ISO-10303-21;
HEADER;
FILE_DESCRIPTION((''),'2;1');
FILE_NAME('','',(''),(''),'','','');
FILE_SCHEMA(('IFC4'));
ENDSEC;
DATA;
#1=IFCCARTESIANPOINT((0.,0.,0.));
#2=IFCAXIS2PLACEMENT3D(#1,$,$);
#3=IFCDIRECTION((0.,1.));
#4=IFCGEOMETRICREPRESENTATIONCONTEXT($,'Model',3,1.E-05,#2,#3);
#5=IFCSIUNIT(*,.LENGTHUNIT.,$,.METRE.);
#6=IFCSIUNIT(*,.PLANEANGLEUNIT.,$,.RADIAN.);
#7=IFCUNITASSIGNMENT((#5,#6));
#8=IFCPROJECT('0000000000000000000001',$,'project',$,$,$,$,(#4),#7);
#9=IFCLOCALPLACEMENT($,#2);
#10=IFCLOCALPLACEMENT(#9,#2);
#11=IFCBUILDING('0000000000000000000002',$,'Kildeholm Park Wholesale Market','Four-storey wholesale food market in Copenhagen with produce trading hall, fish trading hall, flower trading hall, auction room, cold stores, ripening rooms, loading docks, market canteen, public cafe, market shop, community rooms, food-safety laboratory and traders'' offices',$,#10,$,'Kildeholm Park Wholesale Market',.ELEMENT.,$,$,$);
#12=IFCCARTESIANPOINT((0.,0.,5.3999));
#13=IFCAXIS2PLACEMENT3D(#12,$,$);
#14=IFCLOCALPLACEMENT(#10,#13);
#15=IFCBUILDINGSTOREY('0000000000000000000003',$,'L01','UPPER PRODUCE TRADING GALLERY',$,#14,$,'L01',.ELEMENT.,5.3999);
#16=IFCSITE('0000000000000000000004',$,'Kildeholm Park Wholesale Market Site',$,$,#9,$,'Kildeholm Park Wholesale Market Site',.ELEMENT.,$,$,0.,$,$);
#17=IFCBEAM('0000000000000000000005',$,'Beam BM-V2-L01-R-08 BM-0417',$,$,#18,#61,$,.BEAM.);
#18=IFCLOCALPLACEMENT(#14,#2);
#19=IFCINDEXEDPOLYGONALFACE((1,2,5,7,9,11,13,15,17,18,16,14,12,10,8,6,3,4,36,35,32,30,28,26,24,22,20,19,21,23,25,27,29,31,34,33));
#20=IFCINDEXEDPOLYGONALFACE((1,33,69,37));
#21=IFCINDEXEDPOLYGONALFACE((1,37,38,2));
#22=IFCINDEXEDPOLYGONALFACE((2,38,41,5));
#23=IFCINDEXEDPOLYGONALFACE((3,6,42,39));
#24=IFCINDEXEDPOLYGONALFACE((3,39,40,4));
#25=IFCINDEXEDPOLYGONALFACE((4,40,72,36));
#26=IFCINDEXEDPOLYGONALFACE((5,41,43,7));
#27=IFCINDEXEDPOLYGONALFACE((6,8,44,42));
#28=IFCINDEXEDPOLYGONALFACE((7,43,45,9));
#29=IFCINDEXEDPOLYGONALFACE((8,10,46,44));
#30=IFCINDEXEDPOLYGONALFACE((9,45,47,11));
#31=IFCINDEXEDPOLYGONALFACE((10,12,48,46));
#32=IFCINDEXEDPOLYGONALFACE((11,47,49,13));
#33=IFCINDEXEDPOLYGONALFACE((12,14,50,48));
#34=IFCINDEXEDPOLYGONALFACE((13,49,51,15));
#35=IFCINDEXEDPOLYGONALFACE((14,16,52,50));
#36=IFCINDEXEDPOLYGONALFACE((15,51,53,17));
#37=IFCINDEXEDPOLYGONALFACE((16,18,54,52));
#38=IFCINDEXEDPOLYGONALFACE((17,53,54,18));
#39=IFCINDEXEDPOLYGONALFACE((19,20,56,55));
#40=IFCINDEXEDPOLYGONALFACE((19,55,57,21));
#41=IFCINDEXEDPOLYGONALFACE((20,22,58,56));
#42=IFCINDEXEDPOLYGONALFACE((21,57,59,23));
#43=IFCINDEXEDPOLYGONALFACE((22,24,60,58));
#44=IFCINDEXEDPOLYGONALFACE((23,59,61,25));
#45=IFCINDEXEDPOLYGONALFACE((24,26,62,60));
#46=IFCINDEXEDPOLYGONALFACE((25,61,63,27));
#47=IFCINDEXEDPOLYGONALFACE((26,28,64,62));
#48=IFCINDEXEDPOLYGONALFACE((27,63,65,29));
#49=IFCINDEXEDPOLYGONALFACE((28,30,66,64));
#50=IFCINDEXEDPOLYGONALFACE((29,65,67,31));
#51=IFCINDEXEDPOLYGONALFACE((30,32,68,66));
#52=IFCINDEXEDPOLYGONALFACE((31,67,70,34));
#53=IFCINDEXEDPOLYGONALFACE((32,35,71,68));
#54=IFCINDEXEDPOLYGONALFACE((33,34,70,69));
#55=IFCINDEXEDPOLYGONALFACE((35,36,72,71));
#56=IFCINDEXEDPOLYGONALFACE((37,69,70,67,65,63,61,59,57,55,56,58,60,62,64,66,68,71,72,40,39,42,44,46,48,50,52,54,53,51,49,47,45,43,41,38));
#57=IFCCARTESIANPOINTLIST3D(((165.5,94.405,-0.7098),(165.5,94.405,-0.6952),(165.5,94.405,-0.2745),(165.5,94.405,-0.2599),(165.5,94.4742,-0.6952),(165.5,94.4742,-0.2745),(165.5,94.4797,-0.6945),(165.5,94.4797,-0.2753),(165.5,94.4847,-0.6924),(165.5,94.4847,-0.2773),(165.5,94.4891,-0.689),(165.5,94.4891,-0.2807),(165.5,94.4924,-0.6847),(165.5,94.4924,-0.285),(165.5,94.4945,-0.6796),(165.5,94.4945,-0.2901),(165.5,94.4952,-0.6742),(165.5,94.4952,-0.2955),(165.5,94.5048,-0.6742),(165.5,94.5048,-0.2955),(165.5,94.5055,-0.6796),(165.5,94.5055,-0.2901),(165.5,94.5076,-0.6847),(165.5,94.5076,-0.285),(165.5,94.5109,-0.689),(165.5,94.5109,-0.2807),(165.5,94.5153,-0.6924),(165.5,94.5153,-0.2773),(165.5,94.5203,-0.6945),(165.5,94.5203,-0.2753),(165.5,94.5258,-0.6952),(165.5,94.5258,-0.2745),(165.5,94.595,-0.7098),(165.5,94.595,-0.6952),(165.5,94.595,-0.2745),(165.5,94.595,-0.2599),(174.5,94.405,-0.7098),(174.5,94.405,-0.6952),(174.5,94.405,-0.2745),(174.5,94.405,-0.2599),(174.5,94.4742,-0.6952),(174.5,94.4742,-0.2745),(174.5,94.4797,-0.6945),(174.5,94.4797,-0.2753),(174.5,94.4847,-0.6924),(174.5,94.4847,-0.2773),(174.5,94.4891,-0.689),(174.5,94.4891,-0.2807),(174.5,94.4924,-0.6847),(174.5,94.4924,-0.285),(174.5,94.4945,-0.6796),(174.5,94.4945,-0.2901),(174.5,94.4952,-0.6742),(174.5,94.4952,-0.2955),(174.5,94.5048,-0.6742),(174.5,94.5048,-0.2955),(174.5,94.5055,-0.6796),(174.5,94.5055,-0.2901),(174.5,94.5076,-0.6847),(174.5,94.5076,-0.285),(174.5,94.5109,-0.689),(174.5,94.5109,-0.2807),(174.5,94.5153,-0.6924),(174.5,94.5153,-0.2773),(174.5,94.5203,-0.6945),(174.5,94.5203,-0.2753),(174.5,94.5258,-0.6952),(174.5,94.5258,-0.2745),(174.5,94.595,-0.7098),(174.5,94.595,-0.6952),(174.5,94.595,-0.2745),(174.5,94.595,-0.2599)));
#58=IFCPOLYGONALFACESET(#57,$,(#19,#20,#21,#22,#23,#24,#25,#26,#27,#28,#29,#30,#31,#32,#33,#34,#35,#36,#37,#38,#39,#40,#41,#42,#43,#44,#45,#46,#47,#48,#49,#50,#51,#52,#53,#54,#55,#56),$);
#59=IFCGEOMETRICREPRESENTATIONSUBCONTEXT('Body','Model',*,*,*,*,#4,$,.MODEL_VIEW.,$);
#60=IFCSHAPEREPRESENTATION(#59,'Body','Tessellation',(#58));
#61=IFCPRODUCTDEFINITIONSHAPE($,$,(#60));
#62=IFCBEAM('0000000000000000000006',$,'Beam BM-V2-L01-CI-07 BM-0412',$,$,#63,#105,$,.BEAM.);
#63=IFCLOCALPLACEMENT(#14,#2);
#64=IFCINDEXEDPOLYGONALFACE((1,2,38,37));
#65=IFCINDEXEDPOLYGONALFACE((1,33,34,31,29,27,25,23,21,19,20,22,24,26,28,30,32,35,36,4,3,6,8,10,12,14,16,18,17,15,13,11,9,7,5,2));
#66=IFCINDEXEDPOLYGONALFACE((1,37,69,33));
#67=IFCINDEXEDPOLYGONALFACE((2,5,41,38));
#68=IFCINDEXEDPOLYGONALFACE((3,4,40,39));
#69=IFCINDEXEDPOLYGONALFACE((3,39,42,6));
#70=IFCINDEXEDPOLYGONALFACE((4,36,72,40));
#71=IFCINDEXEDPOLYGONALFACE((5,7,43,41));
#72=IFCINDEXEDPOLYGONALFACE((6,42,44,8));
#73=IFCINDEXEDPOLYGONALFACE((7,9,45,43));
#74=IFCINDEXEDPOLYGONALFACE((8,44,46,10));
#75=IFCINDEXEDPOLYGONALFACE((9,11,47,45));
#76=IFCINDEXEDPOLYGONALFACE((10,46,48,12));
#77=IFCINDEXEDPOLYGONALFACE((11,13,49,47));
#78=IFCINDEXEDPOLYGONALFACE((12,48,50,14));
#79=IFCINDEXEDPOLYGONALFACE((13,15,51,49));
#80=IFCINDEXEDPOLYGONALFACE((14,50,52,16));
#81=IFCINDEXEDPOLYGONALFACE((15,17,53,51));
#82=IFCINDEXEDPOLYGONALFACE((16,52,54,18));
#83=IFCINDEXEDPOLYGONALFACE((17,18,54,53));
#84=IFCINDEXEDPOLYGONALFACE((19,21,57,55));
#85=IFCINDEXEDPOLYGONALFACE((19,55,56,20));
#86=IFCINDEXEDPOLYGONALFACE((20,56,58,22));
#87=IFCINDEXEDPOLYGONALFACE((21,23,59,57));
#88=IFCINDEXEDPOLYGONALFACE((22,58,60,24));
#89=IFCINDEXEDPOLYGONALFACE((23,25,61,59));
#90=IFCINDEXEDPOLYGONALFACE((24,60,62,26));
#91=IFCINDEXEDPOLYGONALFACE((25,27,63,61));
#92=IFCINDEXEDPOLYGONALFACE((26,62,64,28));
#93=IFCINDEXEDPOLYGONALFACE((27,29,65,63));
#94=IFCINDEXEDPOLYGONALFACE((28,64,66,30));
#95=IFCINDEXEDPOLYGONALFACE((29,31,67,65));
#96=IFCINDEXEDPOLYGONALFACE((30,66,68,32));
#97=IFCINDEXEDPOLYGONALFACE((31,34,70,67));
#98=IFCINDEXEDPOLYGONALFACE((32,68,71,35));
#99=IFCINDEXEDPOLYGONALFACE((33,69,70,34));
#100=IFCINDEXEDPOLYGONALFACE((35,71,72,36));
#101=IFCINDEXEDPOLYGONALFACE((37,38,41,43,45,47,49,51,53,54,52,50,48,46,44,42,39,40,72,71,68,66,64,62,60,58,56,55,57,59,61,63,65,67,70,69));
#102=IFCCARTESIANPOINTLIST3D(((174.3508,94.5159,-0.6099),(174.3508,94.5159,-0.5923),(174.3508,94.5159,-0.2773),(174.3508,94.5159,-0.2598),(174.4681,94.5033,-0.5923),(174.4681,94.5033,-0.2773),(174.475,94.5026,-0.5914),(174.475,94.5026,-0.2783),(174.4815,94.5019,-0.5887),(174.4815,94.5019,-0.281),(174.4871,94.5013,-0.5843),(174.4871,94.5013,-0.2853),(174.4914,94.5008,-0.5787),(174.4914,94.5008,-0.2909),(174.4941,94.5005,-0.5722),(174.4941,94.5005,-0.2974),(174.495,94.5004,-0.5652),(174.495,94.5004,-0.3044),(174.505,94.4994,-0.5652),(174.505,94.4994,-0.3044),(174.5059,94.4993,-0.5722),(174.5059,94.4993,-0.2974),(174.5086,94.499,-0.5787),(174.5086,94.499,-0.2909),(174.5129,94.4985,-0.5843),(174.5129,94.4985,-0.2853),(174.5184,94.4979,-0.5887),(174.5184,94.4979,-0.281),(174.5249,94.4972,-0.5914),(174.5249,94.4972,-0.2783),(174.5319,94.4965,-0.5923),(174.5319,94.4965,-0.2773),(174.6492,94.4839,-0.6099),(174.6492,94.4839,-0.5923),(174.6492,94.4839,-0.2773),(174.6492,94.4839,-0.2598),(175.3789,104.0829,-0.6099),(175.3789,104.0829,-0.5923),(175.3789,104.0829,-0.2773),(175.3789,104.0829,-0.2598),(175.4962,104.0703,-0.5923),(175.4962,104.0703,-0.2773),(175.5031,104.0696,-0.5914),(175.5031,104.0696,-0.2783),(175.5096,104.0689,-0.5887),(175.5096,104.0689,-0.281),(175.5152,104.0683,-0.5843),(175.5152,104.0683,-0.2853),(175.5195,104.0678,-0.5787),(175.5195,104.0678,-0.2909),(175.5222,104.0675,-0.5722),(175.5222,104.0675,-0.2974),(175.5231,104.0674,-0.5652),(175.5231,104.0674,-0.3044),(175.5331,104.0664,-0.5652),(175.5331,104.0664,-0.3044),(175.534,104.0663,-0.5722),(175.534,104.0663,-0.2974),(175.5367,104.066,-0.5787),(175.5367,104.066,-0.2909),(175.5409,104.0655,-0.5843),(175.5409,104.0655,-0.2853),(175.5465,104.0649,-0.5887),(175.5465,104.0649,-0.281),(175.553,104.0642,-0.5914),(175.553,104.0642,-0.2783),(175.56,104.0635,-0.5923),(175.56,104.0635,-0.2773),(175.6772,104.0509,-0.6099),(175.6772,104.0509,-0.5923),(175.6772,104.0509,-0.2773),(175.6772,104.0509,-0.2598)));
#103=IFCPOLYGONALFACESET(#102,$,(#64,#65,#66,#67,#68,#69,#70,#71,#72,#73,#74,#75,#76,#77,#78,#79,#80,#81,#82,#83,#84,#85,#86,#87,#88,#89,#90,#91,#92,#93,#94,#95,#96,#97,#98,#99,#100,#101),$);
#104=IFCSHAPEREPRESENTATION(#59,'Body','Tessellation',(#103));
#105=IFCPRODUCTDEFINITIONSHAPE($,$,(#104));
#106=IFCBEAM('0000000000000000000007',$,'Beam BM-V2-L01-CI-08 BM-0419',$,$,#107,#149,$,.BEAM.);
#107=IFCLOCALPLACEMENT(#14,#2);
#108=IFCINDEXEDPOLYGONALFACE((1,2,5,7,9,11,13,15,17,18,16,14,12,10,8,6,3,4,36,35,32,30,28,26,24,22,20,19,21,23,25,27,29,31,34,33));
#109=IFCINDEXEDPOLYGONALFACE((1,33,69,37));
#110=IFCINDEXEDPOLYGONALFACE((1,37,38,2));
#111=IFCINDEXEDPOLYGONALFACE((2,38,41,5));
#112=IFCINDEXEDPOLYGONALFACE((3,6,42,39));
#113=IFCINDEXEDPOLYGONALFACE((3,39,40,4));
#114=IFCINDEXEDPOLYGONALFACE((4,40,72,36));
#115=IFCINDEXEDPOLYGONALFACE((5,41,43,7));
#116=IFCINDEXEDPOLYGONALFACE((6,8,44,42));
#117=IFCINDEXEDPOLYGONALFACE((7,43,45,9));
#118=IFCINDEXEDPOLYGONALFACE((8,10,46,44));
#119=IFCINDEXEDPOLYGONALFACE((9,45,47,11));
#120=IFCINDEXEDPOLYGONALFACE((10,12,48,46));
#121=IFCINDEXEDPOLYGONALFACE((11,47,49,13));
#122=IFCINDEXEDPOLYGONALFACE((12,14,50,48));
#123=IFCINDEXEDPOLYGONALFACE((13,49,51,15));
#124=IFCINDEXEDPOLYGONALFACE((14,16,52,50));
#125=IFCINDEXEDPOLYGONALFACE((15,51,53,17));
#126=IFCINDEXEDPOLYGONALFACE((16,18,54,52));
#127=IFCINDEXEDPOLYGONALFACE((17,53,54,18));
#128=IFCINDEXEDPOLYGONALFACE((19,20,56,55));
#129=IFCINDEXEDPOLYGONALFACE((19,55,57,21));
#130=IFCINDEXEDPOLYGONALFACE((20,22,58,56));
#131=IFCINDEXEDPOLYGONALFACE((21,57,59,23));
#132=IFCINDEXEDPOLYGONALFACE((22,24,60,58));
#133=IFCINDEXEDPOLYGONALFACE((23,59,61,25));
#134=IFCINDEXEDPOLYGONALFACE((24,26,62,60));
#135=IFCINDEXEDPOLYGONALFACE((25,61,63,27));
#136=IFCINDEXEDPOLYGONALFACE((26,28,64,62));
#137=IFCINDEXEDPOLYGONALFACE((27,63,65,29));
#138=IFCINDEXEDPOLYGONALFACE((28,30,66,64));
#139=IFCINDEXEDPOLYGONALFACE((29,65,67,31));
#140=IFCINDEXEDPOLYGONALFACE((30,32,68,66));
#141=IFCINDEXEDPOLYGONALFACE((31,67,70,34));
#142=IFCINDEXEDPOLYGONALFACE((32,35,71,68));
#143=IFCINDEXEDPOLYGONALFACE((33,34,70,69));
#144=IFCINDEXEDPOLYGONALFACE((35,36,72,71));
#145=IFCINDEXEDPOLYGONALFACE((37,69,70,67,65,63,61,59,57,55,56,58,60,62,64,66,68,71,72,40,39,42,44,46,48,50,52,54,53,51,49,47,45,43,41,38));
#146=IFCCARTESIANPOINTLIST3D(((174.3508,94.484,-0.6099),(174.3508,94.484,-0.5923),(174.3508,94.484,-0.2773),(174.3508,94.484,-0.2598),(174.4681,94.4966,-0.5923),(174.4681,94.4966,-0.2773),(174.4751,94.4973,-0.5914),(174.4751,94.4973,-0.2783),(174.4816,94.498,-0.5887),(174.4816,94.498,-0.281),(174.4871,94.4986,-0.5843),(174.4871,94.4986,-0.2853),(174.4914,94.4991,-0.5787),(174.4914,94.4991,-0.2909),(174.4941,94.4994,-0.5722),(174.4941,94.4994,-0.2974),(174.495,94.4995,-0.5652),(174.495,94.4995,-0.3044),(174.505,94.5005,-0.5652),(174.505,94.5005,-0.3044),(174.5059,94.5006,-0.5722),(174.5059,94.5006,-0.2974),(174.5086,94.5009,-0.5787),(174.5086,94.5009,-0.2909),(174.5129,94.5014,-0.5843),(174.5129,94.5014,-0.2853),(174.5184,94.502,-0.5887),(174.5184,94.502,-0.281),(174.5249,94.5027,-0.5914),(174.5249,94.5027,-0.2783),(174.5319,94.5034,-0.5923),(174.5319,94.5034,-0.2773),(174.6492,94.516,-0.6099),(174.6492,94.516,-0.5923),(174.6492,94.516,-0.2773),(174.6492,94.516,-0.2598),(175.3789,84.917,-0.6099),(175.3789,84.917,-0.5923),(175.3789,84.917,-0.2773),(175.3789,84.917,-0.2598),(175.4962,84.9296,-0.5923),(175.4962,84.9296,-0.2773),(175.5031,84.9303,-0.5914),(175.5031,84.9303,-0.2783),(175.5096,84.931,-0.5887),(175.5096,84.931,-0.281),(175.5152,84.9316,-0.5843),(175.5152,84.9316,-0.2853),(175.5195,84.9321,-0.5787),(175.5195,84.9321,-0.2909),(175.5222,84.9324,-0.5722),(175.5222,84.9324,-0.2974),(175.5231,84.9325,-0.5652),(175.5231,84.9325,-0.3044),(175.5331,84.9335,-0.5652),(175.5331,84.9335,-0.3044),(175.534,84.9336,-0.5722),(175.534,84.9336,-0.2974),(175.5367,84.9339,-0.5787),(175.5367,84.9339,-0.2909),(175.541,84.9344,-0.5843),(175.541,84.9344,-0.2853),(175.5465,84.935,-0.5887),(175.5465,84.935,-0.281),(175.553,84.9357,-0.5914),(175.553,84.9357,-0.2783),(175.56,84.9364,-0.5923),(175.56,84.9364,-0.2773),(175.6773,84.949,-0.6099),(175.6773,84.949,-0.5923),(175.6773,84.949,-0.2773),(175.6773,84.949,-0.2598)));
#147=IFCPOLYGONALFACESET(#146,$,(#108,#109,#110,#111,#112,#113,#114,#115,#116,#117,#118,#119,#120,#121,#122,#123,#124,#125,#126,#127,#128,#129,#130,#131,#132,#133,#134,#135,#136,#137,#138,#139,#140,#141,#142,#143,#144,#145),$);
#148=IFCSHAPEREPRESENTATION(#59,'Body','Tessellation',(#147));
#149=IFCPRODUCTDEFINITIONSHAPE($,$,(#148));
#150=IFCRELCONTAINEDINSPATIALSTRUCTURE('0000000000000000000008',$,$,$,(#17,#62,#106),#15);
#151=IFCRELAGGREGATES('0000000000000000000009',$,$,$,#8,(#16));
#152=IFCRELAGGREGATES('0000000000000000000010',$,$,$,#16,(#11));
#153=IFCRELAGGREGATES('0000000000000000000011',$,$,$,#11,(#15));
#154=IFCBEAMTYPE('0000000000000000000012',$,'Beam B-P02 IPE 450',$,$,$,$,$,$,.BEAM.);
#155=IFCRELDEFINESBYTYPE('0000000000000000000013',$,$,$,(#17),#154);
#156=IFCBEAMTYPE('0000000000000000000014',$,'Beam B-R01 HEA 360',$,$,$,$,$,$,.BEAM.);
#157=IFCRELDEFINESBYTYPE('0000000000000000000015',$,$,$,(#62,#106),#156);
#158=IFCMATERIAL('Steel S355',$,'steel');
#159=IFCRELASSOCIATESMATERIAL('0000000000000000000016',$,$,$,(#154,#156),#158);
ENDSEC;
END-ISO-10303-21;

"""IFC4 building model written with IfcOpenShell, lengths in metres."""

from ifc_helpers import new_model, si_unit, direction, frame, origin, origin_2d, place, context, subcontext, project, spatial, i_section, extrude, material, material_profile, profile_set, type_object, element, save


model = new_model("IFC4")

# Units and contexts
model_context = context("Model", 3, precision=1e-05, world=origin(), true_north=direction((0.0, 1.0)))
body_context = subcontext(model_context, "Body", "Model", "MODEL_VIEW")
ifc_project = project(units=[si_unit("LENGTHUNIT", "METRE"), si_unit("PLANEANGLEUNIT", "RADIAN")], contexts=[model_context])

# Site, building, storey
site_placement = place(None, origin())
site = spatial("IfcSite", under=ifc_project, at=site_placement, Name="Kildeholm Park Wholesale Market Site", LongName="Kildeholm Park Wholesale Market Site", CompositionType="ELEMENT", RefElevation=0.0)
building_placement = place(site_placement, origin())
building = spatial("IfcBuilding", under=site, at=building_placement, Name="Kildeholm Park Wholesale Market", Description="Four-storey wholesale food market in Copenhagen with produce trading hall, fish trading hall, flower trading hall, auction room, cold stores, ripening rooms, loading docks, market canteen, public cafe, market shop, community rooms, food-safety laboratory and traders' offices", LongName="Kildeholm Park Wholesale Market", CompositionType="ELEMENT")
storey_placement = place(building_placement, frame((0.0, 0.0, 5.3999)))
storey = spatial("IfcBuildingStorey", under=building, at=storey_placement, Name="L01", Description="UPPER PRODUCE TRADING GALLERY", LongName="L01", CompositionType="ELEMENT", Elevation=5.3999)

# Shared definitions
ifc_material_1 = material(Name="Steel S355", Category="steel")

# Beams
ifc_material_profile_1 = material_profile(ifc_material_1, i_section(OverallWidth=0.1899, OverallDepth=0.45, WebThickness=0.0095, FlangeThickness=0.0146, FilletRadius=0.021, at=origin_2d()), Name="IPE 450")
ifc_profile_set_1 = profile_set([ifc_material_profile_1], Name="Steel S355")
beam_type_1 = type_object("IfcBeamType", Name="Beam B-P02 IPE 450", PredefinedType="BEAM", material=ifc_profile_set_1)
beam_1_placement = place(storey_placement, frame((174.5, 94.5, -0.4849), z_axis=(-1.0, 0.0, 0.0), x_axis=(0.0, -1.0, 0.0)))
element("IfcBeam", 1, at=beam_1_placement, inside=storey, type_object=beam_type_1, Name="Beam BM-V2-L01-R-08 BM-0417", PredefinedType="BEAM", context=body_context, shape_type="SweptSolid", body=[
    extrude(i_section(OverallWidth=0.1899, OverallDepth=0.45, WebThickness=0.0095, FlangeThickness=0.0146, FilletRadius=0.021, at=origin_2d()), origin(), (0.0, 0.0, 1.0), 9.0),
])
ifc_material_profile_2 = material_profile(ifc_material_1, i_section(OverallWidth=0.3, OverallDepth=0.3501, WebThickness=0.01, FlangeThickness=0.0176, FilletRadius=0.0271, at=origin_2d()), Name="HEA 360")
ifc_profile_set_2 = profile_set([ifc_material_profile_2], Name="Steel S355")
beam_type_2 = type_object("IfcBeamType", Name="Beam B-R01 HEA 360", PredefinedType="BEAM", material=ifc_profile_set_2)
for number, where, z_axis, x_axis, name in (
    (2, (175.5281, 104.0669, -0.4348), (-0.106847, -0.994276, 0.0), (0.994276, -0.106847, 0.0), "Beam BM-V2-L01-CI-07 BM-0412"),
    (3, (174.5, 94.5, -0.4348), (0.106847, -0.994276, 0.0), (0.994276, 0.106847, 0.0), "Beam BM-V2-L01-CI-08 BM-0419"),
):
    element("IfcBeam", number, at=place(storey_placement, frame(where, z_axis=z_axis, x_axis=x_axis)), inside=storey, type_object=beam_type_2, Name=name, PredefinedType="BEAM", context=body_context, shape_type="SweptSolid", body=[
        extrude(i_section(OverallWidth=0.3, OverallDepth=0.3501, WebThickness=0.01, FlangeThickness=0.0176, FilletRadius=0.0271, at=origin_2d()), origin(), (0.0, 0.0, 1.0), 9.6221),
    ])

save(model, "model.ifc")
